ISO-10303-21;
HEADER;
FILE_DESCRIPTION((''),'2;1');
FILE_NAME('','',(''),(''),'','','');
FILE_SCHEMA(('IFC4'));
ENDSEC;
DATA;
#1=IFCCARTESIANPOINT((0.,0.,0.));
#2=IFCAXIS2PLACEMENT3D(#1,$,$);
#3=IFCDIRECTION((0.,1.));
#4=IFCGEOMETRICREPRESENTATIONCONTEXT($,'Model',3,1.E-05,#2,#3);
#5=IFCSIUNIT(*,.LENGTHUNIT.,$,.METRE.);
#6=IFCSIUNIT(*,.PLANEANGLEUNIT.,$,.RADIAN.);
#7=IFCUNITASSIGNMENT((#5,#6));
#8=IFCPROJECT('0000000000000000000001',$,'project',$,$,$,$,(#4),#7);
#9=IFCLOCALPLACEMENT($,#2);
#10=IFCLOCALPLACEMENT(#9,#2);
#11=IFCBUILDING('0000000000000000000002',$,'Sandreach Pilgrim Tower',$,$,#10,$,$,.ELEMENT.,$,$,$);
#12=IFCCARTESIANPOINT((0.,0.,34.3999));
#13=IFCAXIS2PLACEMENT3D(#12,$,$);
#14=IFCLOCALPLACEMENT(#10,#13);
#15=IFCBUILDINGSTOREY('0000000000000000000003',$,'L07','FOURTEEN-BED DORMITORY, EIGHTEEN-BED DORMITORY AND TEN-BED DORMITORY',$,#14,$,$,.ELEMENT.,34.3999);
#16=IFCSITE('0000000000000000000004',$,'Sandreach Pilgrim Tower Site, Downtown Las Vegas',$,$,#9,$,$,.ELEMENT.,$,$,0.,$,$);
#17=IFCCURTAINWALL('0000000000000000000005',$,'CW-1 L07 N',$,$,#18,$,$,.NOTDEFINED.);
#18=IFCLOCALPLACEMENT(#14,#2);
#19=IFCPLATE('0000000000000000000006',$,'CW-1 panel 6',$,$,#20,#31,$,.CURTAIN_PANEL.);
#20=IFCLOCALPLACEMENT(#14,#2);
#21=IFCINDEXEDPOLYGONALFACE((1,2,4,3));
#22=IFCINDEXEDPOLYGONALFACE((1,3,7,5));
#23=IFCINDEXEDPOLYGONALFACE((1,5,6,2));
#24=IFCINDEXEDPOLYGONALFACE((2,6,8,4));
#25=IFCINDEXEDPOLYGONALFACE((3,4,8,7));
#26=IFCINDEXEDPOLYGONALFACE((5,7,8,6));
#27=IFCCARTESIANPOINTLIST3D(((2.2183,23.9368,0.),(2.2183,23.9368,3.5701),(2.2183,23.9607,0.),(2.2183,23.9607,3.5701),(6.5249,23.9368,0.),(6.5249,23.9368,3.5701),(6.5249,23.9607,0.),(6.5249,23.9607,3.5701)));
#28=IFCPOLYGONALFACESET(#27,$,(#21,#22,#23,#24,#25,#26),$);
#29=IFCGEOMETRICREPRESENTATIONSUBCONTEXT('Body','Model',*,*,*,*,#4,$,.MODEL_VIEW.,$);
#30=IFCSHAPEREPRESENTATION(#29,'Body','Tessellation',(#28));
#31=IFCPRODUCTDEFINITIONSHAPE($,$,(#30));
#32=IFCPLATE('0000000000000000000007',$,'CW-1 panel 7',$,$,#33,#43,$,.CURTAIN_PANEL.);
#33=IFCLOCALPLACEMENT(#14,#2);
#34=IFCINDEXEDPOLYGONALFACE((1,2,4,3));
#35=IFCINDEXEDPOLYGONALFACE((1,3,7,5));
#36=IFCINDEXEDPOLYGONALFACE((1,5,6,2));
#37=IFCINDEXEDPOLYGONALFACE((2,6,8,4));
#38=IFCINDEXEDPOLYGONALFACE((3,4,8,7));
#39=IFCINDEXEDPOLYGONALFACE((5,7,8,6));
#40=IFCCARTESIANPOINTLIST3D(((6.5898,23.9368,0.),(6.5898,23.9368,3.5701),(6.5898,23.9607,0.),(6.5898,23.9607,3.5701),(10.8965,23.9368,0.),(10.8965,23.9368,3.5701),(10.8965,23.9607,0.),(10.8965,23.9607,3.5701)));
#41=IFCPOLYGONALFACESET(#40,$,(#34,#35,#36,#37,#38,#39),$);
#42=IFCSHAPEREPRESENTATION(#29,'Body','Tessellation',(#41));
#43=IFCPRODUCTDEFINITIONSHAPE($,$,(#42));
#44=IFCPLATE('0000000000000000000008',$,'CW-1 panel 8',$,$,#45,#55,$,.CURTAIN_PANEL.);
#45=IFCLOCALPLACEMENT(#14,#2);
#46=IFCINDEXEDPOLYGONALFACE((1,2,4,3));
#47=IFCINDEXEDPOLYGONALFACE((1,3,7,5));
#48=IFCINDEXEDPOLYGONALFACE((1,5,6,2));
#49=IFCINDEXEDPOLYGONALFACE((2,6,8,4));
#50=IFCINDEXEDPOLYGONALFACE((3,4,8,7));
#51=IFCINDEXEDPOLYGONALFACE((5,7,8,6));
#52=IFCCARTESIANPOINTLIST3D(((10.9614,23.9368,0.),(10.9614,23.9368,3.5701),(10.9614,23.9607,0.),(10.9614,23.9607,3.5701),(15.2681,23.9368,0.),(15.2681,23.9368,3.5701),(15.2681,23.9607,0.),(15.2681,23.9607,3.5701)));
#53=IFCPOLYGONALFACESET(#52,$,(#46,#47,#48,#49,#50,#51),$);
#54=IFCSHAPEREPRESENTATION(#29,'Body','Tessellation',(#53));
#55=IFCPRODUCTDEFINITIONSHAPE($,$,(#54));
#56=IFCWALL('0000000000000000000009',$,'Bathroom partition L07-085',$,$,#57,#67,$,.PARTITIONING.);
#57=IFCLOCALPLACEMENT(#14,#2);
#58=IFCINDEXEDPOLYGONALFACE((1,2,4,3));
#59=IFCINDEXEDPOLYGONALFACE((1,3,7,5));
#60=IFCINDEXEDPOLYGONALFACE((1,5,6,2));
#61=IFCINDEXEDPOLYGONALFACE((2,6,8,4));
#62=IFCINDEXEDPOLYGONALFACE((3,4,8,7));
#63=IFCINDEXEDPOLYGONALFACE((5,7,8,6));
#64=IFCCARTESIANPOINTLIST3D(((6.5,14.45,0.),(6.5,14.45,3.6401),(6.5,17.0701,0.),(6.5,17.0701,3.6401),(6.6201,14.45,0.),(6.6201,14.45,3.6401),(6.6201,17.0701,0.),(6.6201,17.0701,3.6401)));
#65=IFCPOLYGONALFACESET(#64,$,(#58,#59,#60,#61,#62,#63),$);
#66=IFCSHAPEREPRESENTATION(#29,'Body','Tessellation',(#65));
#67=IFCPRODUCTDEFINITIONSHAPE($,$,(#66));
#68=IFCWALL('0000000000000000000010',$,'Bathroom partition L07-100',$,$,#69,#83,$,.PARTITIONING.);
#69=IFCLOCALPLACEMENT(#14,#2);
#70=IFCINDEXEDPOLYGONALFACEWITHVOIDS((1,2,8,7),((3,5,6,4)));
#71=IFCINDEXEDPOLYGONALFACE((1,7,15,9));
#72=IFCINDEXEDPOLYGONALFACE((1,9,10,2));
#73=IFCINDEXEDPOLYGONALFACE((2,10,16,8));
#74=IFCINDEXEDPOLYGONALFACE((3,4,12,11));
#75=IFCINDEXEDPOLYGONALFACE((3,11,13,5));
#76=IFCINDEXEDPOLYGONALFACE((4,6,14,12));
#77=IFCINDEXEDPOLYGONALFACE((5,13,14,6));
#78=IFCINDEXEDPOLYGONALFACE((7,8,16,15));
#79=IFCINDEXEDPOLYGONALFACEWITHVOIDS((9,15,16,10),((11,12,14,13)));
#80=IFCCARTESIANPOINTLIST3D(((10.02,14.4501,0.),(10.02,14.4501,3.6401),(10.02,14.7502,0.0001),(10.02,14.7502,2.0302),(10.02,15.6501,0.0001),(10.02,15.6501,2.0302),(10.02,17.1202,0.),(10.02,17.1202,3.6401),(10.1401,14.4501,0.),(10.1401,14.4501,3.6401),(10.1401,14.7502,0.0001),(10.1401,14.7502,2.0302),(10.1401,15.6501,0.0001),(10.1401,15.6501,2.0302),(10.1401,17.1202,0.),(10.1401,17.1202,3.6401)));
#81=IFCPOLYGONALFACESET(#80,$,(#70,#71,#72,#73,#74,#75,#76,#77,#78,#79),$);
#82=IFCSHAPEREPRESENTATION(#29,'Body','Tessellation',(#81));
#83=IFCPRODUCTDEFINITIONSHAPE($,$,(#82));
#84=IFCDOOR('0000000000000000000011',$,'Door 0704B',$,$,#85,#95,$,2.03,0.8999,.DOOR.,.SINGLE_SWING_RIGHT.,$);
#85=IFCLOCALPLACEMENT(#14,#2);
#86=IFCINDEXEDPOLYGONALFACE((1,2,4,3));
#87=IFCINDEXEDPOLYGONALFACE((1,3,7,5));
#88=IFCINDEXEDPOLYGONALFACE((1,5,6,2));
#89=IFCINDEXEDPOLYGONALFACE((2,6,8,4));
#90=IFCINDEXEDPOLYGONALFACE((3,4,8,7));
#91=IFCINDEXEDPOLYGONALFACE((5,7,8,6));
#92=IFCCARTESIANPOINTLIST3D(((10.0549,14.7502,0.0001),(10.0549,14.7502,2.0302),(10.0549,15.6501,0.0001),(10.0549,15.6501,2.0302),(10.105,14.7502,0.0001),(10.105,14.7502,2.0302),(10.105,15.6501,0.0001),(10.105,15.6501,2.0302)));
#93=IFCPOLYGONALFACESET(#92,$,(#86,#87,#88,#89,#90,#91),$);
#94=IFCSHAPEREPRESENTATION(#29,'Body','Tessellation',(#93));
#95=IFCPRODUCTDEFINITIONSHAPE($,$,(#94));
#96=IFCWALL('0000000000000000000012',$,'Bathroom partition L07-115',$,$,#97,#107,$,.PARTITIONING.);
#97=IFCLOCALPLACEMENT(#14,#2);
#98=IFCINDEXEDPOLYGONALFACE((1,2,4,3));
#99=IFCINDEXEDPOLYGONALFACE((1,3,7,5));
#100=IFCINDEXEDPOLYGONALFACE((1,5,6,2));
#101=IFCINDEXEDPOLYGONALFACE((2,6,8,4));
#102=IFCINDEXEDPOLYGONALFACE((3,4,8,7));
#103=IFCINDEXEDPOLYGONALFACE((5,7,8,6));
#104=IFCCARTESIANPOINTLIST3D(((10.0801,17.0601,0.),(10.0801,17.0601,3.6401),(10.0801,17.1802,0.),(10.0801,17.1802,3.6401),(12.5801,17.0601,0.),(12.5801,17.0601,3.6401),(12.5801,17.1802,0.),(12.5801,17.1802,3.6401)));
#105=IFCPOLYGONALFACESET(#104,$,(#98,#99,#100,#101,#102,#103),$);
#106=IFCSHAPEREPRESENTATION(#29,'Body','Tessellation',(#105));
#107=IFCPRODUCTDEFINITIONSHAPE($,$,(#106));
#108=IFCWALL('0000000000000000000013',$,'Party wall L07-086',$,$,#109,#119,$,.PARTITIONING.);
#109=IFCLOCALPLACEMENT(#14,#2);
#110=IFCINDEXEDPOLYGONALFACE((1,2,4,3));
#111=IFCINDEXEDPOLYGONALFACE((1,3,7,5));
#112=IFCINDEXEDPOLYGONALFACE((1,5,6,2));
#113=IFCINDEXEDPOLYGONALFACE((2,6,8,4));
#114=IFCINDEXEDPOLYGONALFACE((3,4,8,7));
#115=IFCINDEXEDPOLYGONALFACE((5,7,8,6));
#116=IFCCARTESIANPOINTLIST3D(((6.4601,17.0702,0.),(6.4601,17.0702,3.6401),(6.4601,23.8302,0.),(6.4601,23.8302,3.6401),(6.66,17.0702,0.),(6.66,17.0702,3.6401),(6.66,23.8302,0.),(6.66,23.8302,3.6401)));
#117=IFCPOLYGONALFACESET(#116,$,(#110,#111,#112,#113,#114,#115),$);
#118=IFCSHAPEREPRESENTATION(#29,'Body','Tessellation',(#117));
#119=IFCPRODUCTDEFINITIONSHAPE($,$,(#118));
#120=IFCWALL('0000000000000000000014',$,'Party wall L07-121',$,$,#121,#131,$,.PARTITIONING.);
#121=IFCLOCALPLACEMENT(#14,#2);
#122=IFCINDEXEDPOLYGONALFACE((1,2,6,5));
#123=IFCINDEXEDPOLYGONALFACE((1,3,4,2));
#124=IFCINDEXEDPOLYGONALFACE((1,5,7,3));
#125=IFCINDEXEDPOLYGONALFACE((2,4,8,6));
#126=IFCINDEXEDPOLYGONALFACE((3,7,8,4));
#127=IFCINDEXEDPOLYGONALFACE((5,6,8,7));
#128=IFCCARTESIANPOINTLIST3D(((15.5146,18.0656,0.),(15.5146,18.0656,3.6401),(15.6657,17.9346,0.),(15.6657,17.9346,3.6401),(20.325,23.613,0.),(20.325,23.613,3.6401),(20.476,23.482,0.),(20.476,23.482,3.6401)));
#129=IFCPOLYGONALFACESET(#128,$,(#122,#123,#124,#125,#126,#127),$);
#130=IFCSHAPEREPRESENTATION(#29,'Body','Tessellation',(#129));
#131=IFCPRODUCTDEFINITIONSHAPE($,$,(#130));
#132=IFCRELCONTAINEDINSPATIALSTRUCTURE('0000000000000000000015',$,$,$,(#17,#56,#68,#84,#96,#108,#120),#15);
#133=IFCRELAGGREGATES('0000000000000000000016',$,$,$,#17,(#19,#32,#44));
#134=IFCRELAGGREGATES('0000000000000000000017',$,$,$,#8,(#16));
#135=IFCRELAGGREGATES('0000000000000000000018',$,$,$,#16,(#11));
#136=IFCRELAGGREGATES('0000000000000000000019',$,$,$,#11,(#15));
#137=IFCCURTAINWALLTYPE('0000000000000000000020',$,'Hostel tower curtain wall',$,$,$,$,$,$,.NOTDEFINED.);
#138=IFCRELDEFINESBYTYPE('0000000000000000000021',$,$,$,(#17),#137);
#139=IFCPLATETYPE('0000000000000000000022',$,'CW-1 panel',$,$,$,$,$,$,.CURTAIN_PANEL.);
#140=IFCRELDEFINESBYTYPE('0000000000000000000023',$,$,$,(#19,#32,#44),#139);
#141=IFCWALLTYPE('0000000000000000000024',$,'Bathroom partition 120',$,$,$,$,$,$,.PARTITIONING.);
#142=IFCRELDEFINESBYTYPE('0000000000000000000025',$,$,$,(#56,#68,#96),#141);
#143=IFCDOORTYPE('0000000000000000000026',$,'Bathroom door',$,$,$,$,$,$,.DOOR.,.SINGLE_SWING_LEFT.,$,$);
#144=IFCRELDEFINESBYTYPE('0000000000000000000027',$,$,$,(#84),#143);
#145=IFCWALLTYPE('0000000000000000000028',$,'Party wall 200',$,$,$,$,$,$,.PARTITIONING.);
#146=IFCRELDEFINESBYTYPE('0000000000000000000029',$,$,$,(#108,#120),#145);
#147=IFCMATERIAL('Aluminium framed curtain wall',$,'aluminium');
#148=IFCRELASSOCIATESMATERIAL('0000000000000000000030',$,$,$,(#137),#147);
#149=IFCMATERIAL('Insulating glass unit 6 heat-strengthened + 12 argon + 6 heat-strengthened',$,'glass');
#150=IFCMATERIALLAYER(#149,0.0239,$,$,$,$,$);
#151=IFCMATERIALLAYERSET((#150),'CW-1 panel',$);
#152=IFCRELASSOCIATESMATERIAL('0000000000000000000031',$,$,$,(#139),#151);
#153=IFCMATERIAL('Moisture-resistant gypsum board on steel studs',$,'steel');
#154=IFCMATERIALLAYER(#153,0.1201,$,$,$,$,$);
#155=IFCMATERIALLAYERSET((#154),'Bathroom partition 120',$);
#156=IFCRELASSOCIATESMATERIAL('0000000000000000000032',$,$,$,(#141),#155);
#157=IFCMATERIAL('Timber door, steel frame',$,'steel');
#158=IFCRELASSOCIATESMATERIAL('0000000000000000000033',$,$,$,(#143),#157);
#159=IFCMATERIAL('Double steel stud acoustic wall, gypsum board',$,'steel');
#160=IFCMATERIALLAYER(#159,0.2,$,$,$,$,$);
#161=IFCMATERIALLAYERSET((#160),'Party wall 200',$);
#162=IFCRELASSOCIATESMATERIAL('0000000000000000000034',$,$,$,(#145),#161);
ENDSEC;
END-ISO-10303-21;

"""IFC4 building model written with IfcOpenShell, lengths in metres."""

from ifc_helpers import new_model, si_unit, direction, frame, frame_2d, origin, origin_2d, place, context, subcontext, project, spatial, rectangle, extrude, material, layer, layer_set, type_object, element, fill, aggregate, save


model = new_model("IFC4")

# Units and contexts
model_context = context("Model", 3, precision=1e-05, world=origin(), true_north=direction((0.0, 1.0)))
body_context = subcontext(model_context, "Body", "Model", "MODEL_VIEW")
ifc_project = project(units=[si_unit("LENGTHUNIT", "METRE"), si_unit("PLANEANGLEUNIT", "RADIAN")], contexts=[model_context])

# Site, building, storey
site_placement = place(None, origin())
site = spatial("IfcSite", under=ifc_project, at=site_placement, Name="Sandreach Pilgrim Tower Site, Downtown Las Vegas", CompositionType="ELEMENT", RefElevation=0.0)
building_placement = place(site_placement, origin())
building = spatial("IfcBuilding", under=site, at=building_placement, Name="Sandreach Pilgrim Tower", CompositionType="ELEMENT")
storey_placement = place(building_placement, frame((0.0, 0.0, 34.3999)))
storey = spatial("IfcBuildingStorey", under=building, at=storey_placement, Name="L07", Description="FOURTEEN-BED DORMITORY, EIGHTEEN-BED DORMITORY AND TEN-BED DORMITORY", CompositionType="ELEMENT", Elevation=34.3999)

# Curtain wall
ifc_material_1 = material(Name="Aluminium framed curtain wall", Category="aluminium")
curtain_wall_type = type_object("IfcCurtainWallType", Name="Hostel tower curtain wall", PredefinedType="NOTDEFINED", material=ifc_material_1)
curtain_wall_placement = place(storey_placement, origin())
curtain_wall = element("IfcCurtainWall", 1, at=curtain_wall_placement, inside=storey, type_object=curtain_wall_type, Name="CW-1 L07 N", PredefinedType="NOTDEFINED")

# Plates
ifc_material_2 = material(Name="Insulating glass unit 6 heat-strengthened + 12 argon + 6 heat-strengthened", Category="glass")
ifc_layer_1 = layer(ifc_material_2, 0.0239)
ifc_layer_set_1 = layer_set([ifc_layer_1], Name="CW-1 panel")
plate_type = type_object("IfcPlateType", Name="CW-1 panel", PredefinedType="CURTAIN_PANEL", material=ifc_layer_set_1)
plate_1_placement = place(storey_placement, frame((4.3716, 23.9487, 0.0), z_axis=(0.0, 0.0, 1.0), x_axis=(1.0, 0.0, 0.0)))
plate_1 = element("IfcPlate", 2, at=plate_1_placement, type_object=plate_type, Name="CW-1 panel 6", PredefinedType="CURTAIN_PANEL", context=body_context, shape_type="SweptSolid", body=[
    extrude(rectangle(XDim=4.3066, YDim=0.0239, at=origin_2d()), origin(), (0.0, 0.0, 1.0), 3.5701),
])
plate_2_placement = place(storey_placement, frame((8.7432, 23.9487, 0.0), z_axis=(0.0, 0.0, 1.0), x_axis=(1.0, 0.0, 0.0)))
plate_2 = element("IfcPlate", 3, at=plate_2_placement, type_object=plate_type, Name="CW-1 panel 7", PredefinedType="CURTAIN_PANEL", context=body_context, shape_type="SweptSolid", body=[
    extrude(rectangle(XDim=4.3066, YDim=0.0239, at=origin_2d()), origin(), (0.0, 0.0, 1.0), 3.5701),
])
plate_3_placement = place(storey_placement, frame((13.1147, 23.9487, 0.0), z_axis=(0.0, 0.0, 1.0), x_axis=(1.0, 0.0, 0.0)))
plate_3 = element("IfcPlate", 4, at=plate_3_placement, type_object=plate_type, Name="CW-1 panel 8", PredefinedType="CURTAIN_PANEL", context=body_context, shape_type="SweptSolid", body=[
    extrude(rectangle(XDim=4.3066, YDim=0.0239, at=origin_2d()), origin(), (0.0, 0.0, 1.0), 3.5701),
])
aggregate(curtain_wall, [plate_1, plate_2, plate_3])

# Wall
ifc_material_3 = material(Name="Moisture-resistant gypsum board on steel studs", Category="steel")
ifc_layer_2 = layer(ifc_material_3, 0.1201)
ifc_layer_set_2 = layer_set([ifc_layer_2], Name="Bathroom partition 120")
wall_type_1 = type_object("IfcWallType", Name="Bathroom partition 120", PredefinedType="PARTITIONING", material=ifc_layer_set_2)
wall_1_placement = place(storey_placement, frame((6.5601, 17.0701, 0.0), z_axis=(0.0, 0.0, 1.0), x_axis=(0.0, -1.0, 0.0)))
element("IfcWall", 5, at=wall_1_placement, inside=storey, type_object=wall_type_1, Name="Bathroom partition L07-085", PredefinedType="PARTITIONING", context=body_context, shape_type="SweptSolid", body=[
    extrude(rectangle(XDim=2.6201, YDim=0.1201, at=frame_2d((1.3101, 0.0))), origin(), (0.0, 0.0, 1.0), 3.6401),
])

# Wall, opening, door
wall_2_placement = place(storey_placement, frame((10.0801, 17.1201, 0.0), z_axis=(0.0, 0.0, 1.0), x_axis=(0.0, -1.0, 0.0)))
wall_2 = element("IfcWall", 6, at=wall_2_placement, inside=storey, type_object=wall_type_1, Name="Bathroom partition L07-100", PredefinedType="PARTITIONING", context=body_context, shape_type="SweptSolid", body=[
    extrude(rectangle(XDim=2.6702, YDim=0.1201, at=frame_2d((1.335, 0.0))), origin(), (0.0, 0.0, 1.0), 3.6401),
])
opening_placement = place(wall_2_placement, frame((1.47, 0.0, 0.0)))
opening = element("IfcOpeningElement", 7, at=opening_placement, cuts=wall_2, PredefinedType="OPENING", context=body_context, shape_type="SweptSolid", body=[
    extrude(rectangle(XDim=0.8999, YDim=2.03, at=frame_2d((0.45, 1.0151))), frame((0.0, 0.0601, 0.0), z_axis=(0.0, -1.0, 0.0), x_axis=(1.0, 0.0, 0.0)), (0.0, 0.0, 1.0), 0.1201),
])
ifc_material_4 = material(Name="Timber door, steel frame", Category="steel")
door_type = type_object("IfcDoorType", Name="Bathroom door", OperationType="SINGLE_SWING_LEFT", PredefinedType="DOOR", material=ifc_material_4)
door_placement = place(opening_placement, origin())
door = element("IfcDoor", 8, at=door_placement, inside=storey, type_object=door_type, Name="Door 0704B", OperationType="SINGLE_SWING_RIGHT", OverallHeight=2.03, OverallWidth=0.8999, PredefinedType="DOOR", context=body_context, shape_type="SweptSolid", body=[
    extrude(rectangle(XDim=0.8999, YDim=2.03, at=frame_2d((0.45, 1.0151))), frame((0.0, 0.0249, 0.0), z_axis=(0.0, -1.0, 0.0), x_axis=(1.0, 0.0, 0.0)), (0.0, 0.0, 1.0), 0.05),
])
fill(opening, door)

# Walls
wall_3_placement = place(storey_placement, frame((12.5801, 17.1201, 0.0), z_axis=(0.0, 0.0, 1.0), x_axis=(-1.0, 0.0, 0.0)))
element("IfcWall", 9, at=wall_3_placement, inside=storey, type_object=wall_type_1, Name="Bathroom partition L07-115", PredefinedType="PARTITIONING", context=body_context, shape_type="SweptSolid", body=[
    extrude(rectangle(XDim=2.5, YDim=0.1201, at=frame_2d((1.25, 0.0))), origin(), (0.0, 0.0, 1.0), 3.6401),
])
ifc_material_5 = material(Name="Double steel stud acoustic wall, gypsum board", Category="steel")
ifc_layer_3 = layer(ifc_material_5, 0.2)
ifc_layer_set_3 = layer_set([ifc_layer_3], Name="Party wall 200")
wall_type_2 = type_object("IfcWallType", Name="Party wall 200", PredefinedType="PARTITIONING", material=ifc_layer_set_3)
wall_4_placement = place(storey_placement, frame((6.5601, 23.8301, 0.0), z_axis=(0.0, 0.0, 1.0), x_axis=(0.0, -1.0, 0.0)))
element("IfcWall", 10, at=wall_4_placement, inside=storey, type_object=wall_type_2, Name="Party wall L07-086", PredefinedType="PARTITIONING", context=body_context, shape_type="SweptSolid", body=[
    extrude(rectangle(XDim=6.76, YDim=0.2, at=frame_2d((3.3799, 0.0))), origin(), (0.0, 0.0, 1.0), 3.6401),
])
wall_5_placement = place(storey_placement, frame((15.5901, 18.0, 0.0), z_axis=(0.0, 0.0, 1.0), x_axis=(0.655132, 0.755515, 0.0)))
element("IfcWall", 11, at=wall_5_placement, inside=storey, type_object=wall_type_2, Name="Party wall L07-121", PredefinedType="PARTITIONING", context=body_context, shape_type="SweptSolid", body=[
    extrude(rectangle(XDim=7.3425, YDim=0.2, at=frame_2d((3.6714, 0.0))), origin(), (0.0, 0.0, 1.0), 3.6401),
])

save(model, "model.ifc")
